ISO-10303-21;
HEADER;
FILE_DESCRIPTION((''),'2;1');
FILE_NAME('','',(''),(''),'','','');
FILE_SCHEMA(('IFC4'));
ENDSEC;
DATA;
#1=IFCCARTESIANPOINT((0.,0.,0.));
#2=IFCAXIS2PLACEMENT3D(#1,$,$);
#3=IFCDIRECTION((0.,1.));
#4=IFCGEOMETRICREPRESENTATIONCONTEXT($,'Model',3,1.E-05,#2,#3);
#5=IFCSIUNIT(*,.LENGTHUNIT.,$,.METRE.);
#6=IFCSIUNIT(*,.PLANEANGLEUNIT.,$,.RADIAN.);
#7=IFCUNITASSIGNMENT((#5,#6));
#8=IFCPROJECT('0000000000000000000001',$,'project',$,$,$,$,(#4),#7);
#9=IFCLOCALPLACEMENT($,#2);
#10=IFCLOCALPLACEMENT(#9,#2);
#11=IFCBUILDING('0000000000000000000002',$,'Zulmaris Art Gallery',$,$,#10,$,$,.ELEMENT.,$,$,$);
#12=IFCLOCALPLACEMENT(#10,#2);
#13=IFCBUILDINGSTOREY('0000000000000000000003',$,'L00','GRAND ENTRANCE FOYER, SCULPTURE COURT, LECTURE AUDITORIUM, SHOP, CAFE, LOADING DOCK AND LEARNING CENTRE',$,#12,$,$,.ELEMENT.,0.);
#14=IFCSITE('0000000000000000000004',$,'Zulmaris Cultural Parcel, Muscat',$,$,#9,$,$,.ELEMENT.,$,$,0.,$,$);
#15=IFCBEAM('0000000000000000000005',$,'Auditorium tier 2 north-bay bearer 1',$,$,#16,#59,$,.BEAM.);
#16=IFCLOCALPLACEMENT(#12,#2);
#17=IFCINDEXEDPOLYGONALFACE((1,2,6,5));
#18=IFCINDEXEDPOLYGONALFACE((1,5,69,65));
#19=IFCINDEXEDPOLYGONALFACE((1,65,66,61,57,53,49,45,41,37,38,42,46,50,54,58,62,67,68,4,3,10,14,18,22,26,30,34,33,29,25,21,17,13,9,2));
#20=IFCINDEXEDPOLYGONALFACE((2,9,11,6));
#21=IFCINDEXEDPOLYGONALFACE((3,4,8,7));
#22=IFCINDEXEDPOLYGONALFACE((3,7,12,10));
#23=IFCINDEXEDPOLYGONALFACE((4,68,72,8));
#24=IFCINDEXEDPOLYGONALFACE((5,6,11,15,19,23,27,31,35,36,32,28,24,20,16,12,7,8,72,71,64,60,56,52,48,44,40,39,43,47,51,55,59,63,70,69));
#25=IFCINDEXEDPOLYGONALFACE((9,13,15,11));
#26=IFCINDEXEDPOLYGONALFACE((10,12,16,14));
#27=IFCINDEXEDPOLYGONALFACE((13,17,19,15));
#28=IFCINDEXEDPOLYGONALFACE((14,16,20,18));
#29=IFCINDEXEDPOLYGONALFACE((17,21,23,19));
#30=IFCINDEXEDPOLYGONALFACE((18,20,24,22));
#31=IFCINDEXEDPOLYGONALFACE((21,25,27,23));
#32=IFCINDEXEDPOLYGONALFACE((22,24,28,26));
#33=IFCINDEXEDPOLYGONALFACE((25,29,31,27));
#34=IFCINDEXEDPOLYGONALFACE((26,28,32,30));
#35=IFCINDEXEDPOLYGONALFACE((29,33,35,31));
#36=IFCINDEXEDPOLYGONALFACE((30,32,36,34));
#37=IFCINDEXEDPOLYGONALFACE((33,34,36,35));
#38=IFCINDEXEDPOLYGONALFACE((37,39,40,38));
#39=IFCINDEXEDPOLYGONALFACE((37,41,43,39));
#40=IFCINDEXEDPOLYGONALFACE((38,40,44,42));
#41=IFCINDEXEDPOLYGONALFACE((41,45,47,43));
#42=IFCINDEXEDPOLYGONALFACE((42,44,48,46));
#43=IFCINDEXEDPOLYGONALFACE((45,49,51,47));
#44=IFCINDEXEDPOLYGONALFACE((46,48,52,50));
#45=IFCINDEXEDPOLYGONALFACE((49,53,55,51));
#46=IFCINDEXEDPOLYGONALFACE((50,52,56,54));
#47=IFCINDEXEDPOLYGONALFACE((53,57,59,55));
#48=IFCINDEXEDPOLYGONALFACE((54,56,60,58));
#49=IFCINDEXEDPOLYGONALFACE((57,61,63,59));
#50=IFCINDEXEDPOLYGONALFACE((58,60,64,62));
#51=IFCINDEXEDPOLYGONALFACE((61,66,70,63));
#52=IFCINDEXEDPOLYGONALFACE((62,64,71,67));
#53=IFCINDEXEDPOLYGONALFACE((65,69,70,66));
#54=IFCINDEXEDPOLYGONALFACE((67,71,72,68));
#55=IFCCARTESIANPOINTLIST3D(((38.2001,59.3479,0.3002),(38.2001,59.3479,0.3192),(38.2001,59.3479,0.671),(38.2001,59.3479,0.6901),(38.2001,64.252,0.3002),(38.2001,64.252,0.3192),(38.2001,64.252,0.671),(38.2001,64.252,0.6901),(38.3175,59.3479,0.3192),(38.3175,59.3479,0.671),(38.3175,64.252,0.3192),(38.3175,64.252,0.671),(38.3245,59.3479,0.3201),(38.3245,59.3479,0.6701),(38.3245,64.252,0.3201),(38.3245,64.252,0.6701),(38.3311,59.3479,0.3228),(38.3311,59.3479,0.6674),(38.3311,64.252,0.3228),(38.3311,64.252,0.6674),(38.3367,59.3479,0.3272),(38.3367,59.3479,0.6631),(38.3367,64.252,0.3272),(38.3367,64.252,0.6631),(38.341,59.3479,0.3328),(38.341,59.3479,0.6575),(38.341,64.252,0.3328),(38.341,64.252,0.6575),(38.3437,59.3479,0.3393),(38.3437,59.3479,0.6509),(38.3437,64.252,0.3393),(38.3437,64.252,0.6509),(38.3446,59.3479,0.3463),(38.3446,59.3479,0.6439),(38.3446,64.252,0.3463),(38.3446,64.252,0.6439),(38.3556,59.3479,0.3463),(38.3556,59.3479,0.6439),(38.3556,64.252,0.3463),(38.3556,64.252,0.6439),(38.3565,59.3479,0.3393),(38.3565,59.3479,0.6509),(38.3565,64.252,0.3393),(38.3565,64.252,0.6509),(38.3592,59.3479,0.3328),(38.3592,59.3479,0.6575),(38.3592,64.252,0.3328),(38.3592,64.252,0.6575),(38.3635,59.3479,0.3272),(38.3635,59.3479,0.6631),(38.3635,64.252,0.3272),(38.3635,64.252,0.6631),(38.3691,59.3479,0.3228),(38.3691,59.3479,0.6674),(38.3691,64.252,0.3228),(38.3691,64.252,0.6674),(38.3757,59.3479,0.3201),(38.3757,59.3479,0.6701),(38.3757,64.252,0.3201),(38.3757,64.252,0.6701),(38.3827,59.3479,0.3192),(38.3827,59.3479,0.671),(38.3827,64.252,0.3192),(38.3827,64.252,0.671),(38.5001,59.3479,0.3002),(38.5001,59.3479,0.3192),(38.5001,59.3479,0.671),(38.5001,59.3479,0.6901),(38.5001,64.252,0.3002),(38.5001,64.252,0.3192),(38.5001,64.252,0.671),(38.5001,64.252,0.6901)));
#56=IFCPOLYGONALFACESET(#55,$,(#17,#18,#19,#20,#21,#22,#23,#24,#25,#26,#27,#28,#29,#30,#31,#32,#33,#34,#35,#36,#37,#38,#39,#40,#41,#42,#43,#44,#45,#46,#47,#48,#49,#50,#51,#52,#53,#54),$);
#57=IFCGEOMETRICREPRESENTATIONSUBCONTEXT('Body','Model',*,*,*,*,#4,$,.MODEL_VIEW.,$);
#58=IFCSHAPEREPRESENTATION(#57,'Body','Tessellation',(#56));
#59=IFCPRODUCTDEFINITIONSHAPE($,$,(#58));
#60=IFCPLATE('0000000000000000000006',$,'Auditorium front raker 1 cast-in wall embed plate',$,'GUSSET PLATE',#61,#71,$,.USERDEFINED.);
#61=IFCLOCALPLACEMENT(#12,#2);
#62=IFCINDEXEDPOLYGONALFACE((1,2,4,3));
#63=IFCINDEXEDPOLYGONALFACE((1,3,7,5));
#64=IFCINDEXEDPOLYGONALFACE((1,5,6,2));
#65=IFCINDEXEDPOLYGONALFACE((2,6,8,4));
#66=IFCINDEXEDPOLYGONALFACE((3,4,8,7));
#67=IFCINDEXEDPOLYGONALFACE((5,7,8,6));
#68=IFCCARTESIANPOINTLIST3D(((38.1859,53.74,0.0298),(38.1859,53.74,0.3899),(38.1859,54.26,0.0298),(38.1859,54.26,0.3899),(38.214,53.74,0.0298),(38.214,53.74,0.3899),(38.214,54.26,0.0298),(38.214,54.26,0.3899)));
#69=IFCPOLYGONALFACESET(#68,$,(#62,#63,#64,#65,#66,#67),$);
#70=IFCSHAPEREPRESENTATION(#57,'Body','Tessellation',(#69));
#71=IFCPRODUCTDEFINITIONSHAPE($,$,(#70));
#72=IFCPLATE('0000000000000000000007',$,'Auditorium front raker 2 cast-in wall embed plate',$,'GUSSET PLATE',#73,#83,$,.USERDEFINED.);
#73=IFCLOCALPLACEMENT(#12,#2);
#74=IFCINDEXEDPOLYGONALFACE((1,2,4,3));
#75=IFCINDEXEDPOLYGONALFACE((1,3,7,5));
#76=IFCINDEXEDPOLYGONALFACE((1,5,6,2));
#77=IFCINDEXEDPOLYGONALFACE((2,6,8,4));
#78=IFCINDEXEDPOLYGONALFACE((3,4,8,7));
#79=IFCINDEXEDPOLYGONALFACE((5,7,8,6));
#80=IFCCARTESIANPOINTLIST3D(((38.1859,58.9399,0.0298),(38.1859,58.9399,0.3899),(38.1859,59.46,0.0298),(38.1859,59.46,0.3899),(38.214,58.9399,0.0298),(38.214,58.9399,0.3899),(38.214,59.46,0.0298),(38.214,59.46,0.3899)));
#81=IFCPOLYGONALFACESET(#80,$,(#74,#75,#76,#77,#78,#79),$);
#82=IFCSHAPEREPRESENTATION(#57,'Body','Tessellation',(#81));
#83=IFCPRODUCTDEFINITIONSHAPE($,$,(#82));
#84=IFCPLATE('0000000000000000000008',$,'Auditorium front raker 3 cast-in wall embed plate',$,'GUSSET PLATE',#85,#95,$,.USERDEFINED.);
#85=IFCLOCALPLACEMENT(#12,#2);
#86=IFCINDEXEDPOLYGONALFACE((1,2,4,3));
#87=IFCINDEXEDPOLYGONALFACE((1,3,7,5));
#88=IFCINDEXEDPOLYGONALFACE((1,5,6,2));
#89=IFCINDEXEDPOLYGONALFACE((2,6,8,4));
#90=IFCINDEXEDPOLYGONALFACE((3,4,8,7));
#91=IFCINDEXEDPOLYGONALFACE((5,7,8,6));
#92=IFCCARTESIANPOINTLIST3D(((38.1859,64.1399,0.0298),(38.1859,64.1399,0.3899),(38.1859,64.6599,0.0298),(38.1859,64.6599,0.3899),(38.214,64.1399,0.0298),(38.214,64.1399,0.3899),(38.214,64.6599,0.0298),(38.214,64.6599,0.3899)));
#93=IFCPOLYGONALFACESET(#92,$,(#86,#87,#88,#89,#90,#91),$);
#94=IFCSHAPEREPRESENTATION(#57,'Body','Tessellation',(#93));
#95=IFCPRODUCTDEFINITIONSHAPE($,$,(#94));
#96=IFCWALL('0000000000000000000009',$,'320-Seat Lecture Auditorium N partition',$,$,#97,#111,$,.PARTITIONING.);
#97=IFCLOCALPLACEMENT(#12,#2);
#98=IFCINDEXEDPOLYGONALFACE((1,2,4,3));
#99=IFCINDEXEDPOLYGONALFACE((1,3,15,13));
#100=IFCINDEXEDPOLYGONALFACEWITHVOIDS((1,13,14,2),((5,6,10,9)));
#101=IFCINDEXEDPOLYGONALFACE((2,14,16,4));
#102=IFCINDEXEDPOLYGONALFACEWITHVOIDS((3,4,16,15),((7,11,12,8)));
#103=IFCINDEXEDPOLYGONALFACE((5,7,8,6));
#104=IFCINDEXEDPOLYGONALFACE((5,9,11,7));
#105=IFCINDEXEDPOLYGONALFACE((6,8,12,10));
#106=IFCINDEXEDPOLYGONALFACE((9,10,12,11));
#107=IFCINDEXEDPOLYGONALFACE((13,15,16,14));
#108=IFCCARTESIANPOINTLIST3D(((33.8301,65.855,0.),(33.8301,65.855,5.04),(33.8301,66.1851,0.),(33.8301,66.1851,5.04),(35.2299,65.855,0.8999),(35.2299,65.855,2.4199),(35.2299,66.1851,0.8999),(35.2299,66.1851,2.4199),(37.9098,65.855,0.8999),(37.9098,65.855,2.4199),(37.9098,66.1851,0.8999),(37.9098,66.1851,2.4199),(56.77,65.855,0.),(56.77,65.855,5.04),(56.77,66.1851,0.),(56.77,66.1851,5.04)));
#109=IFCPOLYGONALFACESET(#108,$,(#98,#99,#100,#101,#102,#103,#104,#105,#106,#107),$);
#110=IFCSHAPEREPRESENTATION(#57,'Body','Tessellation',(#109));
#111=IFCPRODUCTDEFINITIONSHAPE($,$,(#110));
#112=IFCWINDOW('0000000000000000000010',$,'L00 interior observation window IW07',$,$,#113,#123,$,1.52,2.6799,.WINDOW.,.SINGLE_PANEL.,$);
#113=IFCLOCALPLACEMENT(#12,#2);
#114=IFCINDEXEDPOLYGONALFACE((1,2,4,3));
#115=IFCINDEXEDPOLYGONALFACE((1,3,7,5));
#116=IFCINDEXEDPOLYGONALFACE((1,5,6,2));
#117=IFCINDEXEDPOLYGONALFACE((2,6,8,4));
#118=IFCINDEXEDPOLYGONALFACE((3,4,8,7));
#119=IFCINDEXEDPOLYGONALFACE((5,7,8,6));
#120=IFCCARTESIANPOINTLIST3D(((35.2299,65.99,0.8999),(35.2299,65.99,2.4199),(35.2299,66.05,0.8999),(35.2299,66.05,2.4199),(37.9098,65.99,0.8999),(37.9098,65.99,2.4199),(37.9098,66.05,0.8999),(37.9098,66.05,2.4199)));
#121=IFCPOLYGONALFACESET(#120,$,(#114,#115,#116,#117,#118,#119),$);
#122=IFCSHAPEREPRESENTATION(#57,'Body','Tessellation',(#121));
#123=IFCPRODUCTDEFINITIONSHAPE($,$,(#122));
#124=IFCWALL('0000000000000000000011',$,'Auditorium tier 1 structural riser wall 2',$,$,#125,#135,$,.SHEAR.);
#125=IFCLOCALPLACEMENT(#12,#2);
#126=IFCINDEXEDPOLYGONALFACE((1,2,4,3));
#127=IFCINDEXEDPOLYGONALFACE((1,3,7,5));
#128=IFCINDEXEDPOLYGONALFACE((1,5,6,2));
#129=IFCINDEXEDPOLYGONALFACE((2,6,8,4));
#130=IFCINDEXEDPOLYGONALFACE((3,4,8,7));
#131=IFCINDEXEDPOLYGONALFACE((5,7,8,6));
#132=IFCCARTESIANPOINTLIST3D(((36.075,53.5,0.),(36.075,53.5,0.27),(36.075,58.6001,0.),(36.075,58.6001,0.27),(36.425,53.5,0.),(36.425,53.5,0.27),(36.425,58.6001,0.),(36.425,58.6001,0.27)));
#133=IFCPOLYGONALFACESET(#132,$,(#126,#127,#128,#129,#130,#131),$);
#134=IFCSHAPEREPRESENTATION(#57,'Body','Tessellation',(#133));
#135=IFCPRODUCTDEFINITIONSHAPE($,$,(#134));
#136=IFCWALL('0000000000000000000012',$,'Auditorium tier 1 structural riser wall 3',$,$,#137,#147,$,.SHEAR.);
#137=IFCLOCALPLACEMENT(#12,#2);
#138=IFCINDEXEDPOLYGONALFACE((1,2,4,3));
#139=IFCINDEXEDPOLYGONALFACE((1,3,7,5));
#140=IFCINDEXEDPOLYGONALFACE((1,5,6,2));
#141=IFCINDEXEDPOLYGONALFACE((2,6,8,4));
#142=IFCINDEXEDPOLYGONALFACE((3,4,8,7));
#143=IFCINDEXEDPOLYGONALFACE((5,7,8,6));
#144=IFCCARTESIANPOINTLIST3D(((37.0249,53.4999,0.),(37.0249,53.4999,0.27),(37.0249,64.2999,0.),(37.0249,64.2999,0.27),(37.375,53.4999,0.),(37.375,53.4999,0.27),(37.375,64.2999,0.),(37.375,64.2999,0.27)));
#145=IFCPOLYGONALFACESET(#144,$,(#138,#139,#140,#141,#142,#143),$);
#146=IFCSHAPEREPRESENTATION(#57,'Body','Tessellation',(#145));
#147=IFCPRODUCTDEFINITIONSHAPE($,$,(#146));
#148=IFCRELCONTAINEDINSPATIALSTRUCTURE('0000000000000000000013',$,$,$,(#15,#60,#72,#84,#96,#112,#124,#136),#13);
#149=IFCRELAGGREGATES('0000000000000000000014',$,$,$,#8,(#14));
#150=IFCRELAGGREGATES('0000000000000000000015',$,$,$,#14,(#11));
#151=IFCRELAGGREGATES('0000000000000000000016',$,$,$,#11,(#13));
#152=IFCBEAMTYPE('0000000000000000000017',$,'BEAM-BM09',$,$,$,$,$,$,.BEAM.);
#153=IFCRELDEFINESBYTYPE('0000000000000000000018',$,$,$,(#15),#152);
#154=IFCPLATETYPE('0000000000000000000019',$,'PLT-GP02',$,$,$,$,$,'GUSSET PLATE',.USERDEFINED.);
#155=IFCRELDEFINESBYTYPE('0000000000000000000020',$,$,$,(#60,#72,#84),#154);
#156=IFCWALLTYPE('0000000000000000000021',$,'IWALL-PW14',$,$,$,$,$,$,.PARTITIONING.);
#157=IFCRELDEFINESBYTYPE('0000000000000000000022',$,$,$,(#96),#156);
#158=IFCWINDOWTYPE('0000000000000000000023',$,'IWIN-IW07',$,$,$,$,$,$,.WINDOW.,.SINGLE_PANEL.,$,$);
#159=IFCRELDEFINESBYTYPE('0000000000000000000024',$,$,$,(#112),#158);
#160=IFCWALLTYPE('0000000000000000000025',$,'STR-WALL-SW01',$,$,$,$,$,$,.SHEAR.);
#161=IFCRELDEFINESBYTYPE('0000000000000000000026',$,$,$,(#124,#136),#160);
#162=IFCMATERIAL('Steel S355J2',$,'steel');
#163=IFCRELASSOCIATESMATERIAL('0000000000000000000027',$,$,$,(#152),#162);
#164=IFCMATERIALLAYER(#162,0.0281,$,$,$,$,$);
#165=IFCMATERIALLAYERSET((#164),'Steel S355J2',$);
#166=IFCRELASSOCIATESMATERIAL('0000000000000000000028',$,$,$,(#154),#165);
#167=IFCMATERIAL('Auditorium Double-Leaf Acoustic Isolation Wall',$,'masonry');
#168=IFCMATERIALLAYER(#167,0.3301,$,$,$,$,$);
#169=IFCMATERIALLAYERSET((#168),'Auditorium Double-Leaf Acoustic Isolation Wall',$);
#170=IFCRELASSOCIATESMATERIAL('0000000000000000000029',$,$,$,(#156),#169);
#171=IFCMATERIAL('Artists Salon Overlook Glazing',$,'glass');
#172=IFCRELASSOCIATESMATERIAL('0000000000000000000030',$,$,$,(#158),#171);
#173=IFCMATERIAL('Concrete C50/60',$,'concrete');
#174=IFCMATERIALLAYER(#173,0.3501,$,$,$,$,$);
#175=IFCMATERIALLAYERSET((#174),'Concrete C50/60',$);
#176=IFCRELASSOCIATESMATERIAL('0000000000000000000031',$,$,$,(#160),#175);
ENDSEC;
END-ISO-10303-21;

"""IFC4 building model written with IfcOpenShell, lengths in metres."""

from ifc_helpers import new_model, si_unit, direction, frame, frame_2d, origin, origin_2d, place, context, subcontext, project, spatial, rectangle, i_section, extrude, material, layer, layer_set, material_profile, profile_set, type_object, element, fill, save


model = new_model("IFC4")

# Units and contexts
model_context = context("Model", 3, precision=1e-05, world=origin(), true_north=direction((0.0, 1.0)))
body_context = subcontext(model_context, "Body", "Model", "MODEL_VIEW")
ifc_project = project(units=[si_unit("LENGTHUNIT", "METRE"), si_unit("PLANEANGLEUNIT", "RADIAN")], contexts=[model_context])

# Site, building, storey
site_placement = place(None, origin())
site = spatial("IfcSite", under=ifc_project, at=site_placement, Name="Zulmaris Cultural Parcel, Muscat", CompositionType="ELEMENT", RefElevation=0.0)
building_placement = place(site_placement, origin())
building = spatial("IfcBuilding", under=site, at=building_placement, Name="Zulmaris Art Gallery", CompositionType="ELEMENT")
storey_placement = place(building_placement, origin())
storey = spatial("IfcBuildingStorey", under=building, at=storey_placement, Name="L00", Description="GRAND ENTRANCE FOYER, SCULPTURE COURT, LECTURE AUDITORIUM, SHOP, CAFE, LOADING DOCK AND LEARNING CENTRE", CompositionType="ELEMENT", Elevation=0.0)

# Beam
ifc_material_1 = material(Name="Steel S355J2", Category="steel")
ifc_material_profile_1 = material_profile(ifc_material_1, i_section(OverallWidth=0.3, OverallDepth=0.3899, WebThickness=0.011, FlangeThickness=0.019, FilletRadius=0.0271, at=origin_2d()), Name="HEA 400")
ifc_profile_set_1 = profile_set([ifc_material_profile_1], Name="Steel S355J2")
beam_type_1 = type_object("IfcBeamType", Name="BEAM-BM09", PredefinedType="BEAM", material=ifc_profile_set_1)
for number, where, z_axis, x_axis, name in (
    (1, (38.3501, 59.3479, 0.4951), (0.0, 1.0, 0.0), (-1.0, 0.0, 0.0), "Auditorium tier 2 north-bay bearer 1"),
):
    element("IfcBeam", number, at=place(storey_placement, frame(where, z_axis=z_axis, x_axis=x_axis)), inside=storey, type_object=beam_type_1, Name=name, PredefinedType="BEAM", context=body_context, shape_type="SweptSolid", body=[
        extrude(i_section(OverallWidth=0.3, OverallDepth=0.3899, WebThickness=0.011, FlangeThickness=0.019, FilletRadius=0.0271, at=origin_2d()), origin(), (0.0, 0.0, 1.0), 4.9041),
    ])

# Plates
ifc_layer_1 = layer(ifc_material_1, 0.0281)
ifc_layer_set_1 = layer_set([ifc_layer_1], Name="Steel S355J2")
plate_type = type_object("IfcPlateType", Name="PLT-GP02", ElementType="GUSSET PLATE", PredefinedType="USERDEFINED", material=ifc_layer_set_1)
for number, where, z_axis, x_axis, name in (
    (2, (38.2, 54.0, 0.0298), (0.0, 0.0, 1.0), (1.0, 0.0, 0.0), "Auditorium front raker 1 cast-in wall embed plate"),
    (3, (38.2, 59.2, 0.0298), (0.0, 0.0, 1.0), (1.0, 0.0, 0.0), "Auditorium front raker 2 cast-in wall embed plate"),
    (4, (38.2, 64.3999, 0.0298), (0.0, 0.0, 1.0), (1.0, 0.0, 0.0), "Auditorium front raker 3 cast-in wall embed plate"),
):
    element("IfcPlate", number, at=place(storey_placement, frame(where, z_axis=z_axis, x_axis=x_axis)), inside=storey, type_object=plate_type, Name=name, ObjectType="GUSSET PLATE", PredefinedType="USERDEFINED", context=body_context, shape_type="SweptSolid", body=[
        extrude(rectangle(XDim=0.0281, YDim=0.52, at=origin_2d()), origin(), (0.0, 0.0, 1.0), 0.3601),
    ])

# Wall, opening, window
ifc_material_2 = material(Name="Auditorium Double-Leaf Acoustic Isolation Wall", Category="masonry")
ifc_layer_2 = layer(ifc_material_2, 0.3301)
ifc_layer_set_2 = layer_set([ifc_layer_2], Name="Auditorium Double-Leaf Acoustic Isolation Wall")
wall_type_1 = type_object("IfcWallType", Name="IWALL-PW14", PredefinedType="PARTITIONING", material=ifc_layer_set_2)
wall_1_placement = place(storey_placement, frame((33.8301, 66.02, 0.0), z_axis=(0.0, 0.0, 1.0), x_axis=(1.0, 0.0, 0.0)))
wall_1 = element("IfcWall", 5, at=wall_1_placement, inside=storey, type_object=wall_type_1, Name="320-Seat Lecture Auditorium N partition", PredefinedType="PARTITIONING", context=body_context, shape_type="SweptSolid", body=[
    extrude(rectangle(XDim=22.9399, YDim=0.3301, at=frame_2d((11.47, 0.0))), origin(), (0.0, 0.0, 1.0), 5.04),
])
opening_placement = place(wall_1_placement, frame((1.3999, 0.0, 0.8999)))
opening = element("IfcOpeningElement", 6, at=opening_placement, cuts=wall_1, PredefinedType="OPENING", context=body_context, shape_type="SweptSolid", body=[
    extrude(rectangle(XDim=2.6799, YDim=1.52, at=frame_2d((1.3398, 0.76))), frame((0.0, 0.175, 0.0), z_axis=(0.0, -1.0, 0.0), x_axis=(1.0, 0.0, 0.0)), (0.0, 0.0, 1.0), 0.3501),
])
ifc_material_3 = material(Name="Artists Salon Overlook Glazing", Category="glass")
window_type = type_object("IfcWindowType", Name="IWIN-IW07", PartitioningType="SINGLE_PANEL", PredefinedType="WINDOW", material=ifc_material_3)
window_placement = place(opening_placement, origin())
window = element("IfcWindow", 7, at=window_placement, inside=storey, type_object=window_type, Name="L00 interior observation window IW07", OverallHeight=1.52, OverallWidth=2.6799, PartitioningType="SINGLE_PANEL", PredefinedType="WINDOW", context=body_context, shape_type="SweptSolid", body=[
    extrude(rectangle(XDim=2.6799, YDim=1.52, at=frame_2d((1.3398, 0.76))), frame((0.0, 0.03, 0.0), z_axis=(0.0, -1.0, 0.0), x_axis=(1.0, 0.0, 0.0)), (0.0, 0.0, 1.0), 0.0601),
])
fill(opening, window)

# Walls
ifc_material_4 = material(Name="Concrete C50/60", Category="concrete")
ifc_layer_3 = layer(ifc_material_4, 0.3501)
ifc_layer_set_3 = layer_set([ifc_layer_3], Name="Concrete C50/60")
wall_type_2 = type_object("IfcWallType", Name="STR-WALL-SW01", PredefinedType="SHEAR", material=ifc_layer_set_3)
wall_2_placement = place(storey_placement, frame((36.25, 53.5, 0.0), z_axis=(0.0, 0.0, 1.0), x_axis=(0.0, 1.0, 0.0)))
element("IfcWall", 8, at=wall_2_placement, inside=storey, type_object=wall_type_2, Name="Auditorium tier 1 structural riser wall 2", PredefinedType="SHEAR", context=body_context, shape_type="SweptSolid", body=[
    extrude(rectangle(XDim=5.1001, YDim=0.3501, at=frame_2d((2.55, 0.0))), origin(), (0.0, 0.0, 1.0), 0.27),
])
wall_3_placement = place(storey_placement, frame((37.2, 53.5, 0.0), z_axis=(0.0, 0.0, 1.0), x_axis=(0.0, 1.0, 0.0)))
element("IfcWall", 9, at=wall_3_placement, inside=storey, type_object=wall_type_2, Name="Auditorium tier 1 structural riser wall 3", PredefinedType="SHEAR", context=body_context, shape_type="SweptSolid", body=[
    extrude(rectangle(XDim=10.8, YDim=0.3501, at=frame_2d((5.3999, 0.0))), origin(), (0.0, 0.0, 1.0), 0.27),
])

save(model, "model.ifc")
